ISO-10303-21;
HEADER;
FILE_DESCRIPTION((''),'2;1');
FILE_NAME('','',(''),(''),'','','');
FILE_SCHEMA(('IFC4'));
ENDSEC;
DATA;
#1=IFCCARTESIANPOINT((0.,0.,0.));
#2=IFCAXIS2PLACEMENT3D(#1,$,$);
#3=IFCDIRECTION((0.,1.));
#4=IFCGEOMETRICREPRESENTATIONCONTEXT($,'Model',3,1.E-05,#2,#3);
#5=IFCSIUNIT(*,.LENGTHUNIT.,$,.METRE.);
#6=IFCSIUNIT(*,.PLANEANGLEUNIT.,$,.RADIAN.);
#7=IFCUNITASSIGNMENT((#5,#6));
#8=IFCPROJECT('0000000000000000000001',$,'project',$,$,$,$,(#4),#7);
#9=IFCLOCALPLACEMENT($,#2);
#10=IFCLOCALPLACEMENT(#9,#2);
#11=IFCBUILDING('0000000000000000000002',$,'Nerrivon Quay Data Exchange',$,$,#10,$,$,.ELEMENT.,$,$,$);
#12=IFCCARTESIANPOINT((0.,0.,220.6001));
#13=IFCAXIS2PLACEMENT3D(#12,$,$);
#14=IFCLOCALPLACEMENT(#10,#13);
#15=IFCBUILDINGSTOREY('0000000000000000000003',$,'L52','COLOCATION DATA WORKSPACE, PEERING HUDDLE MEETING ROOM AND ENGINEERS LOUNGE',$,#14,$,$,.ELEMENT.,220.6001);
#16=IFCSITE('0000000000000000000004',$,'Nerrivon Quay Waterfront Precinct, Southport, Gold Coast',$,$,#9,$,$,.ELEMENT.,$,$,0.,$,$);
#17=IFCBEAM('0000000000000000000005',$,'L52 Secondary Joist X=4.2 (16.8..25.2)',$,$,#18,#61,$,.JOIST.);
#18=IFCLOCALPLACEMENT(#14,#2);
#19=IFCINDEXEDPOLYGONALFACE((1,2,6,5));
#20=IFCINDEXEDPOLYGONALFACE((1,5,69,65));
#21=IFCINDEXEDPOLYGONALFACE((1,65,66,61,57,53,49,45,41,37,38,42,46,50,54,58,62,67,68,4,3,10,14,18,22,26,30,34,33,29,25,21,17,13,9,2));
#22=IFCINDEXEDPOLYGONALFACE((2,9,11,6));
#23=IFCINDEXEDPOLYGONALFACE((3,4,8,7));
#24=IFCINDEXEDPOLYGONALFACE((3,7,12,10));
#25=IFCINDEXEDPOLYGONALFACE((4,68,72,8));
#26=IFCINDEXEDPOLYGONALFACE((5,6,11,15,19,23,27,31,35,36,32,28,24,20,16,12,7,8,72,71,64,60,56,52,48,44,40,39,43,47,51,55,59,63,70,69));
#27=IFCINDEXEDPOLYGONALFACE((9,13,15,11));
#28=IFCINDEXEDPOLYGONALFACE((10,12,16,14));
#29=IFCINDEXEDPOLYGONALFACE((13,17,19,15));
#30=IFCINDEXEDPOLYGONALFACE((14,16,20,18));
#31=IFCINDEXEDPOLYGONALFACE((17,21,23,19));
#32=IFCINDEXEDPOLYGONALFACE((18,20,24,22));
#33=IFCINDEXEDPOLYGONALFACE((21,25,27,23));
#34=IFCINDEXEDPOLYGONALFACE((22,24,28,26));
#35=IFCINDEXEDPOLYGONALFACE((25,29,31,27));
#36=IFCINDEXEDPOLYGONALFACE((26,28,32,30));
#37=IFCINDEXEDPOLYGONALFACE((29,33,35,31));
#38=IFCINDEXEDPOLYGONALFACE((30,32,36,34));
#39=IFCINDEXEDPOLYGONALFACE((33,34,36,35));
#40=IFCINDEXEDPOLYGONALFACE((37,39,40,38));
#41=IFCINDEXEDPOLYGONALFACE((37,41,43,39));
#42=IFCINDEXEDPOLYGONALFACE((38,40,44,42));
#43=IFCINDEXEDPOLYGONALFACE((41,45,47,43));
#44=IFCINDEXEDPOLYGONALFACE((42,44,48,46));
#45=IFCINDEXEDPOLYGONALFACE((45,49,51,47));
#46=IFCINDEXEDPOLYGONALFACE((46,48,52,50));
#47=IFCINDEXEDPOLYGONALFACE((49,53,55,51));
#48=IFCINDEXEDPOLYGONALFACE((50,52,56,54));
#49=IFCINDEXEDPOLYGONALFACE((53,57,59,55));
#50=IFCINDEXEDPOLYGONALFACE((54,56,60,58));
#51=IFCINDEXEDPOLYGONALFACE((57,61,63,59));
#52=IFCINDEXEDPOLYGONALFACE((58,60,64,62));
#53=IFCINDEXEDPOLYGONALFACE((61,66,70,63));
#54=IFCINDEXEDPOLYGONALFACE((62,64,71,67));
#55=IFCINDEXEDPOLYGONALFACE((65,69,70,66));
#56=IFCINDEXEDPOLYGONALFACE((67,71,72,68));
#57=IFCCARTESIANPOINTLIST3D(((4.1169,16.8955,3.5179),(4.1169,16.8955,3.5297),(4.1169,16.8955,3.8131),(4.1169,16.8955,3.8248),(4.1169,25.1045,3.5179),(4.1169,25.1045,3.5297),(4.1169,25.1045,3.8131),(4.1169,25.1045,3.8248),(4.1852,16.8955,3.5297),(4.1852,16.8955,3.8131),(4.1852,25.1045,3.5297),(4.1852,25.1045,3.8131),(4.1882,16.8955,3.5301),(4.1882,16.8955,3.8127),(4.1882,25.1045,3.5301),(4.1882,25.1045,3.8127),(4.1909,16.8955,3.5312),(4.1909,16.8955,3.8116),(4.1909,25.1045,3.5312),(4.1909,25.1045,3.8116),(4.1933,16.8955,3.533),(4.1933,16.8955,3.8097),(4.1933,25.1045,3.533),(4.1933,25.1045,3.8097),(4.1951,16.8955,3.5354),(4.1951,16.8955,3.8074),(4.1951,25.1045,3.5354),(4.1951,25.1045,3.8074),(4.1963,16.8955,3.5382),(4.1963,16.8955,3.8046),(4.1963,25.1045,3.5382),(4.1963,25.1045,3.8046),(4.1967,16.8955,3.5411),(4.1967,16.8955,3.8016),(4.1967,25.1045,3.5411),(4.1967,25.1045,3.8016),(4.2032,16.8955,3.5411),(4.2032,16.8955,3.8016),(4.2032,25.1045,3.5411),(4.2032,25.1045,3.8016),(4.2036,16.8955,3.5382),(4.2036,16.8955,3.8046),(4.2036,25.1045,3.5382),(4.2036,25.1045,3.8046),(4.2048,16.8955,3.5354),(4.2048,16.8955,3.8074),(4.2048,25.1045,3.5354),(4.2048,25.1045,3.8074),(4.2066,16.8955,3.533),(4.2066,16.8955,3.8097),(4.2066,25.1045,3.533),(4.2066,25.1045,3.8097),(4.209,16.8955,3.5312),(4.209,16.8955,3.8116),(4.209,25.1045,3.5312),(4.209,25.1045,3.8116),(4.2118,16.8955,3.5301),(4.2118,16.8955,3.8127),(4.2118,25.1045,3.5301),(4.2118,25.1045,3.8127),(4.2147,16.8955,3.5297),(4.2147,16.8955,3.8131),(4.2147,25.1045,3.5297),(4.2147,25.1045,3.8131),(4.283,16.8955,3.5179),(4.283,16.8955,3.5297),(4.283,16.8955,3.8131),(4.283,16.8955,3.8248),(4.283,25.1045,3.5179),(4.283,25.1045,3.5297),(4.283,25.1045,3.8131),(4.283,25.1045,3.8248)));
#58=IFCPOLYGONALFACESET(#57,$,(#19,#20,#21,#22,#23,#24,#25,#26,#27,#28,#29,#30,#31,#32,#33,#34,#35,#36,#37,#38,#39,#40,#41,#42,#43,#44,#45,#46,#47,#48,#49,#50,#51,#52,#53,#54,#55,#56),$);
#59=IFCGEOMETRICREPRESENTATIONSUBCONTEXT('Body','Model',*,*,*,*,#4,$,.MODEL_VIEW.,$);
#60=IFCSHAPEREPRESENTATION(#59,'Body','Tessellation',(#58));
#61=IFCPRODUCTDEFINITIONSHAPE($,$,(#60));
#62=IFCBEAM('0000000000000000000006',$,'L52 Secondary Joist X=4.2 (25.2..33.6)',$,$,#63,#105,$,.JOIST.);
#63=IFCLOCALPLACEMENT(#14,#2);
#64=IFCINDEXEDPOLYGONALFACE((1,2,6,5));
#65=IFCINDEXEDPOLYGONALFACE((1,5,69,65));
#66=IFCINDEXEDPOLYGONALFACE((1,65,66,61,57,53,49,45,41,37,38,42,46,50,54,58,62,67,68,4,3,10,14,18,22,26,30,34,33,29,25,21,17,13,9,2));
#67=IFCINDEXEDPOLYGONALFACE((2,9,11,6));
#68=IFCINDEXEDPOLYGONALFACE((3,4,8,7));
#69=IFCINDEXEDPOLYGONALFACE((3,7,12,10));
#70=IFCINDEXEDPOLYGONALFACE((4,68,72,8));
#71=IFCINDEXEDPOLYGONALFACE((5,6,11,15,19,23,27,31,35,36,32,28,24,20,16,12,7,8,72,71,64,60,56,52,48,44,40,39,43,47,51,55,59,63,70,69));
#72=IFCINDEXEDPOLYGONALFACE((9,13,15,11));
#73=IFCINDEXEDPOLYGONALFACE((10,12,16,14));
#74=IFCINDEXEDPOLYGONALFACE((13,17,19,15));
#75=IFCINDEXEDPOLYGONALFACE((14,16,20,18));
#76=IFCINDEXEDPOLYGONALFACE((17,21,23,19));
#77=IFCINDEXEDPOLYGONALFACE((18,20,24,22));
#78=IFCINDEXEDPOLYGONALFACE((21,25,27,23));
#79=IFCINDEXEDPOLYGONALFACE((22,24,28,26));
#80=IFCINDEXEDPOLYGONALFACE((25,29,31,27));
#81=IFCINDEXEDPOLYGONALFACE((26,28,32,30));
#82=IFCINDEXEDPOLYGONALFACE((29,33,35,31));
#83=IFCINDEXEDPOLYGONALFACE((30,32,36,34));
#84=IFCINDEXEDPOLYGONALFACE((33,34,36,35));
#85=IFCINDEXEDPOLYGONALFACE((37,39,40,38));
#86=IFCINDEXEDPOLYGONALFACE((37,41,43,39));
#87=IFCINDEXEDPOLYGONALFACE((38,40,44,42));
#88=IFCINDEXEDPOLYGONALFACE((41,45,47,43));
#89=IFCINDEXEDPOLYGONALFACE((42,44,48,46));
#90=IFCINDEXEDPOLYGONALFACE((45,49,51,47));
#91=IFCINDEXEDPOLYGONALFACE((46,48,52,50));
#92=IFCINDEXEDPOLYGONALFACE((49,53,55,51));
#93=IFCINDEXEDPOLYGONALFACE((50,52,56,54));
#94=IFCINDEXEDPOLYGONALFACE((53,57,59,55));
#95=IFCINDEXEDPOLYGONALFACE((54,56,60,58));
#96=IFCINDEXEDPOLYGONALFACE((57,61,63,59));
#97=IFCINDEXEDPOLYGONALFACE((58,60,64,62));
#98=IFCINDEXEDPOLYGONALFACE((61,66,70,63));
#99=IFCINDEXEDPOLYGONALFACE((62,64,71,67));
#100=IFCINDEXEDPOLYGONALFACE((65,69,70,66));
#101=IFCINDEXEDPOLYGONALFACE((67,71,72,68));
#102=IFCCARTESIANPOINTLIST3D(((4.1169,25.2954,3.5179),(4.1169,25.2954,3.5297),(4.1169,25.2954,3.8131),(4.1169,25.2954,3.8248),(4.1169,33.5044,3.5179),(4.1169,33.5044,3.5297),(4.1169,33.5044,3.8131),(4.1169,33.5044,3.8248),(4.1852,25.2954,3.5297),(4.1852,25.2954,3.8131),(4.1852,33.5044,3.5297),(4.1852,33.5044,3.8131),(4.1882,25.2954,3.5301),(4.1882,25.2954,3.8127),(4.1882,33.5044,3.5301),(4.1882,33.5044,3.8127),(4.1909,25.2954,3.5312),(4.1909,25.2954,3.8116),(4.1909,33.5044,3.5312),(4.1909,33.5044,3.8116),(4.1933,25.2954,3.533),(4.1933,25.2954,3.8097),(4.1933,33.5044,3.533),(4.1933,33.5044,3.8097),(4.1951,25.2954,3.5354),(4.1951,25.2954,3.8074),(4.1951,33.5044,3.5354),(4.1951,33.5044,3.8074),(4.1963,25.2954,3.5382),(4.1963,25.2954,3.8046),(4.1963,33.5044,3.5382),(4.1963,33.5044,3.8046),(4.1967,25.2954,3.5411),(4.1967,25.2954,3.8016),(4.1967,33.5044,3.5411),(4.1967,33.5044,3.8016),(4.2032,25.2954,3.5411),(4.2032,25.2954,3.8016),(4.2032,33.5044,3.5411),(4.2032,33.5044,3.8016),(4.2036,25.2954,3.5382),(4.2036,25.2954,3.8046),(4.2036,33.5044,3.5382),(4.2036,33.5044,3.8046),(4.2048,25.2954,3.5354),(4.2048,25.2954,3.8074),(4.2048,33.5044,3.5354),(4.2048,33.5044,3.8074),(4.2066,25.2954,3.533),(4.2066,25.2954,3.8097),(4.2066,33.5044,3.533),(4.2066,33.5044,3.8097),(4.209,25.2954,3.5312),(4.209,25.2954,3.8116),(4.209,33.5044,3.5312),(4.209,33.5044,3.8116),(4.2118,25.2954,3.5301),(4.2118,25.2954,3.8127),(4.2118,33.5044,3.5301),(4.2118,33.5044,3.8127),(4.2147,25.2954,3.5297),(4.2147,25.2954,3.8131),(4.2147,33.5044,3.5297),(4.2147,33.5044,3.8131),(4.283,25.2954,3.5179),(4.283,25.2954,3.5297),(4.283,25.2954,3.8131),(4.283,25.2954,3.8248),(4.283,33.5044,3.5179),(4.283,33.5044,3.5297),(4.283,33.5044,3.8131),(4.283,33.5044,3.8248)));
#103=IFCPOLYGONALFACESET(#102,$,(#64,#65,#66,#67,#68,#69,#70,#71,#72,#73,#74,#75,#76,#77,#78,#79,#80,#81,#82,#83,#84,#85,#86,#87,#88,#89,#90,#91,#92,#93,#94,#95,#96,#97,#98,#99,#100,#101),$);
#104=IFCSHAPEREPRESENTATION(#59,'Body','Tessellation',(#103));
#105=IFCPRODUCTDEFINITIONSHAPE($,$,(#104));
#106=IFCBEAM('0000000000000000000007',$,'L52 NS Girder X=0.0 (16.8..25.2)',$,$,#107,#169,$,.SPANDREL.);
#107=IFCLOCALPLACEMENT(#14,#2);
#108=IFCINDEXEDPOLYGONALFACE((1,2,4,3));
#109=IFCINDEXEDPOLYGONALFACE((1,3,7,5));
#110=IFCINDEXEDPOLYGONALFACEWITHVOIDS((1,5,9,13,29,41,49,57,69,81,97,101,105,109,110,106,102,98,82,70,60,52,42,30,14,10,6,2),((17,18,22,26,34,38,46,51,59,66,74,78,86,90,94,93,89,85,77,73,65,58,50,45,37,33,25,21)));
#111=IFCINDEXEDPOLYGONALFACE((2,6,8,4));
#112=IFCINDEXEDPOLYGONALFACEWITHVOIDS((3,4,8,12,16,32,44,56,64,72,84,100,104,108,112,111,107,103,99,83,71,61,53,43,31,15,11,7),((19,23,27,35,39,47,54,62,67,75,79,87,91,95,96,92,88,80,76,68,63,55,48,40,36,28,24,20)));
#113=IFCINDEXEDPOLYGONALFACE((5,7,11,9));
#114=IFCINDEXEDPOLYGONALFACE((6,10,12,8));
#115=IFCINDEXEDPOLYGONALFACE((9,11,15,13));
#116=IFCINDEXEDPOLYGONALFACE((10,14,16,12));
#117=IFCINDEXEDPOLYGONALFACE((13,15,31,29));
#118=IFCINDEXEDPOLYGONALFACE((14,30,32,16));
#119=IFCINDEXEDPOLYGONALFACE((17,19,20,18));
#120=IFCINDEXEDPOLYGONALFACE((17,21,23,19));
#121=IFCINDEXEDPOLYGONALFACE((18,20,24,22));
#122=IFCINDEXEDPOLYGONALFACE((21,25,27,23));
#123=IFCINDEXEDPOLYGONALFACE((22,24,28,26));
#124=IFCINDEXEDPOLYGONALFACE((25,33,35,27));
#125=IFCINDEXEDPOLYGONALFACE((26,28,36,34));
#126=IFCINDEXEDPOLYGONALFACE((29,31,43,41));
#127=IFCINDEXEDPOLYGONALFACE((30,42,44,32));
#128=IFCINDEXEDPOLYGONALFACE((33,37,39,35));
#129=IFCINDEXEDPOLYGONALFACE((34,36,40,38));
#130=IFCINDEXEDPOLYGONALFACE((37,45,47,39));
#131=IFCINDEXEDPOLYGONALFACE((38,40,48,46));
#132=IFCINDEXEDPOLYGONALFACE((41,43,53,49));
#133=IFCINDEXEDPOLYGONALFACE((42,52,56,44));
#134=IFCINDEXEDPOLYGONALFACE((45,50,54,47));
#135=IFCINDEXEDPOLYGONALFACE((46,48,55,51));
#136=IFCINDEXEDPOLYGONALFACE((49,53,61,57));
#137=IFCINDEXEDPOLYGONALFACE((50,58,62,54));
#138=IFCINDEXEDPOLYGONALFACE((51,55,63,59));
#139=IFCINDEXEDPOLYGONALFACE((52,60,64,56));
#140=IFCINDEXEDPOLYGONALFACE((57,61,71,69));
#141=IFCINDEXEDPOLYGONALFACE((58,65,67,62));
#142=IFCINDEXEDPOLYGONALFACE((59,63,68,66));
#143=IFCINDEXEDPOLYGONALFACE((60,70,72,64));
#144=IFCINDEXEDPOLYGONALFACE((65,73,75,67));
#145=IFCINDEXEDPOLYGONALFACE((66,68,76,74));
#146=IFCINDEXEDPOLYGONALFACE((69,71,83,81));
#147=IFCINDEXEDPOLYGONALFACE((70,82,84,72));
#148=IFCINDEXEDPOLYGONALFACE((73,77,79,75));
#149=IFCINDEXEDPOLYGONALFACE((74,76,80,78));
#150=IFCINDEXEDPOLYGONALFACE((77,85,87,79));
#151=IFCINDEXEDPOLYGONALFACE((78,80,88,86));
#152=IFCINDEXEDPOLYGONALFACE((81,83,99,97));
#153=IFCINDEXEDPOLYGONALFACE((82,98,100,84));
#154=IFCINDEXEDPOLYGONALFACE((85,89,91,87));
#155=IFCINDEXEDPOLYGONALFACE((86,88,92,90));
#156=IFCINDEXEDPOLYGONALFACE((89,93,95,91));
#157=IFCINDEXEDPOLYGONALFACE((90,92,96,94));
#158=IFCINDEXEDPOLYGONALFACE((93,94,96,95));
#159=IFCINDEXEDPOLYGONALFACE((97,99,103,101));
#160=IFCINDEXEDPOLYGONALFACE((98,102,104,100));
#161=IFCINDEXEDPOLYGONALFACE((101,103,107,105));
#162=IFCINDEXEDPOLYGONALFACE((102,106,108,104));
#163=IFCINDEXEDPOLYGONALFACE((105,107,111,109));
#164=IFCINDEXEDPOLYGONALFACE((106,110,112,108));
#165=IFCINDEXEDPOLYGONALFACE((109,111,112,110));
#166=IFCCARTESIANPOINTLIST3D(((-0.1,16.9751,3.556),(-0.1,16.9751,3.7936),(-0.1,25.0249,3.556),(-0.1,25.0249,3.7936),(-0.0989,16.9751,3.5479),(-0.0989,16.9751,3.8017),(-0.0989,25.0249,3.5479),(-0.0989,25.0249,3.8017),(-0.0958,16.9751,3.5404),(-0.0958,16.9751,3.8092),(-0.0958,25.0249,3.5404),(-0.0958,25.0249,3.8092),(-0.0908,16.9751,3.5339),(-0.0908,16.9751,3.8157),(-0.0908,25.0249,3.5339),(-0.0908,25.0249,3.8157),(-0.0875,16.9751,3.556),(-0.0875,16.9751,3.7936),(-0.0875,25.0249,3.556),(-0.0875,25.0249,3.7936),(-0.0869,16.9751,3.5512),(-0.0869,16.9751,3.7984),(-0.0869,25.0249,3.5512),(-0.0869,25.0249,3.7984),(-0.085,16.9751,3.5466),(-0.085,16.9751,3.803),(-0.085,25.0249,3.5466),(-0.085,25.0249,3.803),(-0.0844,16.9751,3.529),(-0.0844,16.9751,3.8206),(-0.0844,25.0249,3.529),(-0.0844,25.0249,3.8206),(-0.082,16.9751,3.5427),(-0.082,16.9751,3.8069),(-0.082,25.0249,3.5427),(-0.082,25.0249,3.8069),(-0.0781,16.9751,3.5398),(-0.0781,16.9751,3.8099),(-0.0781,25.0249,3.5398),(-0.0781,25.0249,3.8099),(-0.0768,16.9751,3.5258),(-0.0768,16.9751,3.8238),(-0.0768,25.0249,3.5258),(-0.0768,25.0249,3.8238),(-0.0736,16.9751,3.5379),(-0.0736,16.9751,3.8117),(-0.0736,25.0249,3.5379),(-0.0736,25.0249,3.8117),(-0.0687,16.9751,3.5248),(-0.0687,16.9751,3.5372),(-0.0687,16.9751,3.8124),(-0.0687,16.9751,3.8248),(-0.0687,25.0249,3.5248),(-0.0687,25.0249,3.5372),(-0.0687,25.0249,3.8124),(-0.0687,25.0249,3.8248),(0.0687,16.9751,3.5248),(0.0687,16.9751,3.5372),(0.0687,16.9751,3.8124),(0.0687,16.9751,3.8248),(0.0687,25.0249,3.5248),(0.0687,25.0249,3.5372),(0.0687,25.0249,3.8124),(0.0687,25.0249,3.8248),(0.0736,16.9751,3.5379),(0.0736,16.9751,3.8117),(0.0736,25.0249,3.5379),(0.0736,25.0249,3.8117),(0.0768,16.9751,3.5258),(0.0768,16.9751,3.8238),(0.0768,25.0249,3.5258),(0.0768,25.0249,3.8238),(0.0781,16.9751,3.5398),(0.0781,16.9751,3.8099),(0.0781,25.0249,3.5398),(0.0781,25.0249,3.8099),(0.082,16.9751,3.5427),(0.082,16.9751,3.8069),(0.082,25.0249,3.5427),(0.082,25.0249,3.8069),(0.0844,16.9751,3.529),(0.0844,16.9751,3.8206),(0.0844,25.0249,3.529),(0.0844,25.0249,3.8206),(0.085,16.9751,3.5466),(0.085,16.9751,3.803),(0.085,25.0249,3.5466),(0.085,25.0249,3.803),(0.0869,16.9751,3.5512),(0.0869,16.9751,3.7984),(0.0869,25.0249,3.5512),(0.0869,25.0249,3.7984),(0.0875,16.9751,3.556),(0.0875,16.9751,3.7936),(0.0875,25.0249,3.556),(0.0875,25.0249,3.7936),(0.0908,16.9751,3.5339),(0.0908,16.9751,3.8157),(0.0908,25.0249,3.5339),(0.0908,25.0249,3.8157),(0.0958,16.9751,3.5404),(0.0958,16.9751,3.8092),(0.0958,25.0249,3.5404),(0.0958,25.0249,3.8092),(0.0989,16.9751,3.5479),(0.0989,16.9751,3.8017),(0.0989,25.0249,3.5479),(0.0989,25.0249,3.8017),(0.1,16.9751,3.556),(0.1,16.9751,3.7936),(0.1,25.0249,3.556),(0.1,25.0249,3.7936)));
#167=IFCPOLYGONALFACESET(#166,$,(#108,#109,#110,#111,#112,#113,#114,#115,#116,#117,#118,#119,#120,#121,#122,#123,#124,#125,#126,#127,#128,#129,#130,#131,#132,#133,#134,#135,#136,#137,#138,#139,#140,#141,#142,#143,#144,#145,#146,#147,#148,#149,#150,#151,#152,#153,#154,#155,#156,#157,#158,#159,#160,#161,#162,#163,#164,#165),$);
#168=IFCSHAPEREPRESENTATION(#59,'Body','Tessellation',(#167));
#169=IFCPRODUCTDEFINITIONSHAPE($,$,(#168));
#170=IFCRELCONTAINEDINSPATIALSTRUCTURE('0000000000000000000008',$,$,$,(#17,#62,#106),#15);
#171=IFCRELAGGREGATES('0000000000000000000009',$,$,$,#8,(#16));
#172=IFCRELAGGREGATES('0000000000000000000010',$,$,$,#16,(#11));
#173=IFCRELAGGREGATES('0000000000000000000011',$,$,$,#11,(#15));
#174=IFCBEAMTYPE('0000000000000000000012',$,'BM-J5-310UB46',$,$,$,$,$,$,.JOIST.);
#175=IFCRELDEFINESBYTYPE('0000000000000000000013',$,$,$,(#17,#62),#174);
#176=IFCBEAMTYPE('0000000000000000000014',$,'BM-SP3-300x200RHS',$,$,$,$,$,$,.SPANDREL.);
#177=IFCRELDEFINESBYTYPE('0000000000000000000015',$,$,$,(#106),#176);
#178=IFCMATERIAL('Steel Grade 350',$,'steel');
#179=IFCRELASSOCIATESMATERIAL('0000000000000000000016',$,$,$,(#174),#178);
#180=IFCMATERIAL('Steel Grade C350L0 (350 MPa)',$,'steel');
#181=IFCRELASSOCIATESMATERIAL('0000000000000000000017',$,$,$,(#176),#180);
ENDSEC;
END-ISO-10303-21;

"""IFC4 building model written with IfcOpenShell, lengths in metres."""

from ifc_helpers import new_model, si_unit, direction, frame, origin, origin_2d, place, context, subcontext, project, spatial, hollow_rectangle, i_section, extrude, material, material_profile, profile_set, type_object, element, save


model = new_model("IFC4")

# Units and contexts
model_context = context("Model", 3, precision=1e-05, world=origin(), true_north=direction((0.0, 1.0)))
body_context = subcontext(model_context, "Body", "Model", "MODEL_VIEW")
ifc_project = project(units=[si_unit("LENGTHUNIT", "METRE"), si_unit("PLANEANGLEUNIT", "RADIAN")], contexts=[model_context])

# Site, building, storey
site_placement = place(None, origin())
site = spatial("IfcSite", under=ifc_project, at=site_placement, Name="Nerrivon Quay Waterfront Precinct, Southport, Gold Coast", CompositionType="ELEMENT", RefElevation=0.0)
building_placement = place(site_placement, origin())
building = spatial("IfcBuilding", under=site, at=building_placement, Name="Nerrivon Quay Data Exchange", CompositionType="ELEMENT")
storey_placement = place(building_placement, frame((0.0, 0.0, 220.6001)))
storey = spatial("IfcBuildingStorey", under=building, at=storey_placement, Name="L52", Description="COLOCATION DATA WORKSPACE, PEERING HUDDLE MEETING ROOM AND ENGINEERS LOUNGE", CompositionType="ELEMENT", Elevation=220.6001)

# Shared definitions
ifc_material_1 = material(Name="Steel Grade 350", Category="steel")

# Beams
ifc_material_profile_1 = material_profile(ifc_material_1, i_section(OverallWidth=0.166, OverallDepth=0.3069, WebThickness=0.0066, FlangeThickness=0.0117, FilletRadius=0.0115, at=origin_2d()), Name="310UB46.2")
ifc_profile_set_1 = profile_set([ifc_material_profile_1], Name="Steel Grade 350")
beam_type_1 = type_object("IfcBeamType", Name="BM-J5-310UB46", PredefinedType="JOIST", material=ifc_profile_set_1)
for number, where, z_axis, x_axis, name in (
    (1, (4.2, 16.8955, 3.6714), (0.0, 1.0, 0.0), (-1.0, 0.0, 0.0), "L52 Secondary Joist X=4.2 (16.8..25.2)"),
    (2, (4.2, 25.2954, 3.6714), (0.0, 1.0, 0.0), (-1.0, 0.0, 0.0), "L52 Secondary Joist X=4.2 (25.2..33.6)"),
):
    element("IfcBeam", number, at=place(storey_placement, frame(where, z_axis=z_axis, x_axis=x_axis)), inside=storey, type_object=beam_type_1, Name=name, PredefinedType="JOIST", context=body_context, shape_type="SweptSolid", body=[
        extrude(i_section(OverallWidth=0.166, OverallDepth=0.3069, WebThickness=0.0066, FlangeThickness=0.0117, FilletRadius=0.0115, at=origin_2d()), origin(), (0.0, 0.0, 1.0), 8.209),
    ])
ifc_material_2 = material(Name="Steel Grade C350L0 (350 MPa)", Category="steel")
ifc_material_profile_2 = material_profile(ifc_material_2, hollow_rectangle(XDim=0.2, YDim=0.3, WallThickness=0.0125, InnerFilletRadius=0.0188, OuterFilletRadius=0.0312, at=origin_2d()), Name="300x200x12.5RHS")
ifc_profile_set_2 = profile_set([ifc_material_profile_2], Name="Steel Grade C350L0 (350 MPa)")
beam_type_2 = type_object("IfcBeamType", Name="BM-SP3-300x200RHS", PredefinedType="SPANDREL", material=ifc_profile_set_2)
beam_1_placement = place(storey_placement, frame((0.0, 16.9751, 3.6748), z_axis=(0.0, 1.0, 0.0), x_axis=(-1.0, 0.0, 0.0)))
element("IfcBeam", 3, at=beam_1_placement, inside=storey, type_object=beam_type_2, Name="L52 NS Girder X=0.0 (16.8..25.2)", PredefinedType="SPANDREL", context=body_context, shape_type="SweptSolid", body=[
    extrude(hollow_rectangle(XDim=0.2, YDim=0.3, WallThickness=0.0125, InnerFilletRadius=0.0188, OuterFilletRadius=0.0312, at=origin_2d()), origin(), (0.0, 0.0, 1.0), 8.0498),
])

save(model, "model.ifc")
